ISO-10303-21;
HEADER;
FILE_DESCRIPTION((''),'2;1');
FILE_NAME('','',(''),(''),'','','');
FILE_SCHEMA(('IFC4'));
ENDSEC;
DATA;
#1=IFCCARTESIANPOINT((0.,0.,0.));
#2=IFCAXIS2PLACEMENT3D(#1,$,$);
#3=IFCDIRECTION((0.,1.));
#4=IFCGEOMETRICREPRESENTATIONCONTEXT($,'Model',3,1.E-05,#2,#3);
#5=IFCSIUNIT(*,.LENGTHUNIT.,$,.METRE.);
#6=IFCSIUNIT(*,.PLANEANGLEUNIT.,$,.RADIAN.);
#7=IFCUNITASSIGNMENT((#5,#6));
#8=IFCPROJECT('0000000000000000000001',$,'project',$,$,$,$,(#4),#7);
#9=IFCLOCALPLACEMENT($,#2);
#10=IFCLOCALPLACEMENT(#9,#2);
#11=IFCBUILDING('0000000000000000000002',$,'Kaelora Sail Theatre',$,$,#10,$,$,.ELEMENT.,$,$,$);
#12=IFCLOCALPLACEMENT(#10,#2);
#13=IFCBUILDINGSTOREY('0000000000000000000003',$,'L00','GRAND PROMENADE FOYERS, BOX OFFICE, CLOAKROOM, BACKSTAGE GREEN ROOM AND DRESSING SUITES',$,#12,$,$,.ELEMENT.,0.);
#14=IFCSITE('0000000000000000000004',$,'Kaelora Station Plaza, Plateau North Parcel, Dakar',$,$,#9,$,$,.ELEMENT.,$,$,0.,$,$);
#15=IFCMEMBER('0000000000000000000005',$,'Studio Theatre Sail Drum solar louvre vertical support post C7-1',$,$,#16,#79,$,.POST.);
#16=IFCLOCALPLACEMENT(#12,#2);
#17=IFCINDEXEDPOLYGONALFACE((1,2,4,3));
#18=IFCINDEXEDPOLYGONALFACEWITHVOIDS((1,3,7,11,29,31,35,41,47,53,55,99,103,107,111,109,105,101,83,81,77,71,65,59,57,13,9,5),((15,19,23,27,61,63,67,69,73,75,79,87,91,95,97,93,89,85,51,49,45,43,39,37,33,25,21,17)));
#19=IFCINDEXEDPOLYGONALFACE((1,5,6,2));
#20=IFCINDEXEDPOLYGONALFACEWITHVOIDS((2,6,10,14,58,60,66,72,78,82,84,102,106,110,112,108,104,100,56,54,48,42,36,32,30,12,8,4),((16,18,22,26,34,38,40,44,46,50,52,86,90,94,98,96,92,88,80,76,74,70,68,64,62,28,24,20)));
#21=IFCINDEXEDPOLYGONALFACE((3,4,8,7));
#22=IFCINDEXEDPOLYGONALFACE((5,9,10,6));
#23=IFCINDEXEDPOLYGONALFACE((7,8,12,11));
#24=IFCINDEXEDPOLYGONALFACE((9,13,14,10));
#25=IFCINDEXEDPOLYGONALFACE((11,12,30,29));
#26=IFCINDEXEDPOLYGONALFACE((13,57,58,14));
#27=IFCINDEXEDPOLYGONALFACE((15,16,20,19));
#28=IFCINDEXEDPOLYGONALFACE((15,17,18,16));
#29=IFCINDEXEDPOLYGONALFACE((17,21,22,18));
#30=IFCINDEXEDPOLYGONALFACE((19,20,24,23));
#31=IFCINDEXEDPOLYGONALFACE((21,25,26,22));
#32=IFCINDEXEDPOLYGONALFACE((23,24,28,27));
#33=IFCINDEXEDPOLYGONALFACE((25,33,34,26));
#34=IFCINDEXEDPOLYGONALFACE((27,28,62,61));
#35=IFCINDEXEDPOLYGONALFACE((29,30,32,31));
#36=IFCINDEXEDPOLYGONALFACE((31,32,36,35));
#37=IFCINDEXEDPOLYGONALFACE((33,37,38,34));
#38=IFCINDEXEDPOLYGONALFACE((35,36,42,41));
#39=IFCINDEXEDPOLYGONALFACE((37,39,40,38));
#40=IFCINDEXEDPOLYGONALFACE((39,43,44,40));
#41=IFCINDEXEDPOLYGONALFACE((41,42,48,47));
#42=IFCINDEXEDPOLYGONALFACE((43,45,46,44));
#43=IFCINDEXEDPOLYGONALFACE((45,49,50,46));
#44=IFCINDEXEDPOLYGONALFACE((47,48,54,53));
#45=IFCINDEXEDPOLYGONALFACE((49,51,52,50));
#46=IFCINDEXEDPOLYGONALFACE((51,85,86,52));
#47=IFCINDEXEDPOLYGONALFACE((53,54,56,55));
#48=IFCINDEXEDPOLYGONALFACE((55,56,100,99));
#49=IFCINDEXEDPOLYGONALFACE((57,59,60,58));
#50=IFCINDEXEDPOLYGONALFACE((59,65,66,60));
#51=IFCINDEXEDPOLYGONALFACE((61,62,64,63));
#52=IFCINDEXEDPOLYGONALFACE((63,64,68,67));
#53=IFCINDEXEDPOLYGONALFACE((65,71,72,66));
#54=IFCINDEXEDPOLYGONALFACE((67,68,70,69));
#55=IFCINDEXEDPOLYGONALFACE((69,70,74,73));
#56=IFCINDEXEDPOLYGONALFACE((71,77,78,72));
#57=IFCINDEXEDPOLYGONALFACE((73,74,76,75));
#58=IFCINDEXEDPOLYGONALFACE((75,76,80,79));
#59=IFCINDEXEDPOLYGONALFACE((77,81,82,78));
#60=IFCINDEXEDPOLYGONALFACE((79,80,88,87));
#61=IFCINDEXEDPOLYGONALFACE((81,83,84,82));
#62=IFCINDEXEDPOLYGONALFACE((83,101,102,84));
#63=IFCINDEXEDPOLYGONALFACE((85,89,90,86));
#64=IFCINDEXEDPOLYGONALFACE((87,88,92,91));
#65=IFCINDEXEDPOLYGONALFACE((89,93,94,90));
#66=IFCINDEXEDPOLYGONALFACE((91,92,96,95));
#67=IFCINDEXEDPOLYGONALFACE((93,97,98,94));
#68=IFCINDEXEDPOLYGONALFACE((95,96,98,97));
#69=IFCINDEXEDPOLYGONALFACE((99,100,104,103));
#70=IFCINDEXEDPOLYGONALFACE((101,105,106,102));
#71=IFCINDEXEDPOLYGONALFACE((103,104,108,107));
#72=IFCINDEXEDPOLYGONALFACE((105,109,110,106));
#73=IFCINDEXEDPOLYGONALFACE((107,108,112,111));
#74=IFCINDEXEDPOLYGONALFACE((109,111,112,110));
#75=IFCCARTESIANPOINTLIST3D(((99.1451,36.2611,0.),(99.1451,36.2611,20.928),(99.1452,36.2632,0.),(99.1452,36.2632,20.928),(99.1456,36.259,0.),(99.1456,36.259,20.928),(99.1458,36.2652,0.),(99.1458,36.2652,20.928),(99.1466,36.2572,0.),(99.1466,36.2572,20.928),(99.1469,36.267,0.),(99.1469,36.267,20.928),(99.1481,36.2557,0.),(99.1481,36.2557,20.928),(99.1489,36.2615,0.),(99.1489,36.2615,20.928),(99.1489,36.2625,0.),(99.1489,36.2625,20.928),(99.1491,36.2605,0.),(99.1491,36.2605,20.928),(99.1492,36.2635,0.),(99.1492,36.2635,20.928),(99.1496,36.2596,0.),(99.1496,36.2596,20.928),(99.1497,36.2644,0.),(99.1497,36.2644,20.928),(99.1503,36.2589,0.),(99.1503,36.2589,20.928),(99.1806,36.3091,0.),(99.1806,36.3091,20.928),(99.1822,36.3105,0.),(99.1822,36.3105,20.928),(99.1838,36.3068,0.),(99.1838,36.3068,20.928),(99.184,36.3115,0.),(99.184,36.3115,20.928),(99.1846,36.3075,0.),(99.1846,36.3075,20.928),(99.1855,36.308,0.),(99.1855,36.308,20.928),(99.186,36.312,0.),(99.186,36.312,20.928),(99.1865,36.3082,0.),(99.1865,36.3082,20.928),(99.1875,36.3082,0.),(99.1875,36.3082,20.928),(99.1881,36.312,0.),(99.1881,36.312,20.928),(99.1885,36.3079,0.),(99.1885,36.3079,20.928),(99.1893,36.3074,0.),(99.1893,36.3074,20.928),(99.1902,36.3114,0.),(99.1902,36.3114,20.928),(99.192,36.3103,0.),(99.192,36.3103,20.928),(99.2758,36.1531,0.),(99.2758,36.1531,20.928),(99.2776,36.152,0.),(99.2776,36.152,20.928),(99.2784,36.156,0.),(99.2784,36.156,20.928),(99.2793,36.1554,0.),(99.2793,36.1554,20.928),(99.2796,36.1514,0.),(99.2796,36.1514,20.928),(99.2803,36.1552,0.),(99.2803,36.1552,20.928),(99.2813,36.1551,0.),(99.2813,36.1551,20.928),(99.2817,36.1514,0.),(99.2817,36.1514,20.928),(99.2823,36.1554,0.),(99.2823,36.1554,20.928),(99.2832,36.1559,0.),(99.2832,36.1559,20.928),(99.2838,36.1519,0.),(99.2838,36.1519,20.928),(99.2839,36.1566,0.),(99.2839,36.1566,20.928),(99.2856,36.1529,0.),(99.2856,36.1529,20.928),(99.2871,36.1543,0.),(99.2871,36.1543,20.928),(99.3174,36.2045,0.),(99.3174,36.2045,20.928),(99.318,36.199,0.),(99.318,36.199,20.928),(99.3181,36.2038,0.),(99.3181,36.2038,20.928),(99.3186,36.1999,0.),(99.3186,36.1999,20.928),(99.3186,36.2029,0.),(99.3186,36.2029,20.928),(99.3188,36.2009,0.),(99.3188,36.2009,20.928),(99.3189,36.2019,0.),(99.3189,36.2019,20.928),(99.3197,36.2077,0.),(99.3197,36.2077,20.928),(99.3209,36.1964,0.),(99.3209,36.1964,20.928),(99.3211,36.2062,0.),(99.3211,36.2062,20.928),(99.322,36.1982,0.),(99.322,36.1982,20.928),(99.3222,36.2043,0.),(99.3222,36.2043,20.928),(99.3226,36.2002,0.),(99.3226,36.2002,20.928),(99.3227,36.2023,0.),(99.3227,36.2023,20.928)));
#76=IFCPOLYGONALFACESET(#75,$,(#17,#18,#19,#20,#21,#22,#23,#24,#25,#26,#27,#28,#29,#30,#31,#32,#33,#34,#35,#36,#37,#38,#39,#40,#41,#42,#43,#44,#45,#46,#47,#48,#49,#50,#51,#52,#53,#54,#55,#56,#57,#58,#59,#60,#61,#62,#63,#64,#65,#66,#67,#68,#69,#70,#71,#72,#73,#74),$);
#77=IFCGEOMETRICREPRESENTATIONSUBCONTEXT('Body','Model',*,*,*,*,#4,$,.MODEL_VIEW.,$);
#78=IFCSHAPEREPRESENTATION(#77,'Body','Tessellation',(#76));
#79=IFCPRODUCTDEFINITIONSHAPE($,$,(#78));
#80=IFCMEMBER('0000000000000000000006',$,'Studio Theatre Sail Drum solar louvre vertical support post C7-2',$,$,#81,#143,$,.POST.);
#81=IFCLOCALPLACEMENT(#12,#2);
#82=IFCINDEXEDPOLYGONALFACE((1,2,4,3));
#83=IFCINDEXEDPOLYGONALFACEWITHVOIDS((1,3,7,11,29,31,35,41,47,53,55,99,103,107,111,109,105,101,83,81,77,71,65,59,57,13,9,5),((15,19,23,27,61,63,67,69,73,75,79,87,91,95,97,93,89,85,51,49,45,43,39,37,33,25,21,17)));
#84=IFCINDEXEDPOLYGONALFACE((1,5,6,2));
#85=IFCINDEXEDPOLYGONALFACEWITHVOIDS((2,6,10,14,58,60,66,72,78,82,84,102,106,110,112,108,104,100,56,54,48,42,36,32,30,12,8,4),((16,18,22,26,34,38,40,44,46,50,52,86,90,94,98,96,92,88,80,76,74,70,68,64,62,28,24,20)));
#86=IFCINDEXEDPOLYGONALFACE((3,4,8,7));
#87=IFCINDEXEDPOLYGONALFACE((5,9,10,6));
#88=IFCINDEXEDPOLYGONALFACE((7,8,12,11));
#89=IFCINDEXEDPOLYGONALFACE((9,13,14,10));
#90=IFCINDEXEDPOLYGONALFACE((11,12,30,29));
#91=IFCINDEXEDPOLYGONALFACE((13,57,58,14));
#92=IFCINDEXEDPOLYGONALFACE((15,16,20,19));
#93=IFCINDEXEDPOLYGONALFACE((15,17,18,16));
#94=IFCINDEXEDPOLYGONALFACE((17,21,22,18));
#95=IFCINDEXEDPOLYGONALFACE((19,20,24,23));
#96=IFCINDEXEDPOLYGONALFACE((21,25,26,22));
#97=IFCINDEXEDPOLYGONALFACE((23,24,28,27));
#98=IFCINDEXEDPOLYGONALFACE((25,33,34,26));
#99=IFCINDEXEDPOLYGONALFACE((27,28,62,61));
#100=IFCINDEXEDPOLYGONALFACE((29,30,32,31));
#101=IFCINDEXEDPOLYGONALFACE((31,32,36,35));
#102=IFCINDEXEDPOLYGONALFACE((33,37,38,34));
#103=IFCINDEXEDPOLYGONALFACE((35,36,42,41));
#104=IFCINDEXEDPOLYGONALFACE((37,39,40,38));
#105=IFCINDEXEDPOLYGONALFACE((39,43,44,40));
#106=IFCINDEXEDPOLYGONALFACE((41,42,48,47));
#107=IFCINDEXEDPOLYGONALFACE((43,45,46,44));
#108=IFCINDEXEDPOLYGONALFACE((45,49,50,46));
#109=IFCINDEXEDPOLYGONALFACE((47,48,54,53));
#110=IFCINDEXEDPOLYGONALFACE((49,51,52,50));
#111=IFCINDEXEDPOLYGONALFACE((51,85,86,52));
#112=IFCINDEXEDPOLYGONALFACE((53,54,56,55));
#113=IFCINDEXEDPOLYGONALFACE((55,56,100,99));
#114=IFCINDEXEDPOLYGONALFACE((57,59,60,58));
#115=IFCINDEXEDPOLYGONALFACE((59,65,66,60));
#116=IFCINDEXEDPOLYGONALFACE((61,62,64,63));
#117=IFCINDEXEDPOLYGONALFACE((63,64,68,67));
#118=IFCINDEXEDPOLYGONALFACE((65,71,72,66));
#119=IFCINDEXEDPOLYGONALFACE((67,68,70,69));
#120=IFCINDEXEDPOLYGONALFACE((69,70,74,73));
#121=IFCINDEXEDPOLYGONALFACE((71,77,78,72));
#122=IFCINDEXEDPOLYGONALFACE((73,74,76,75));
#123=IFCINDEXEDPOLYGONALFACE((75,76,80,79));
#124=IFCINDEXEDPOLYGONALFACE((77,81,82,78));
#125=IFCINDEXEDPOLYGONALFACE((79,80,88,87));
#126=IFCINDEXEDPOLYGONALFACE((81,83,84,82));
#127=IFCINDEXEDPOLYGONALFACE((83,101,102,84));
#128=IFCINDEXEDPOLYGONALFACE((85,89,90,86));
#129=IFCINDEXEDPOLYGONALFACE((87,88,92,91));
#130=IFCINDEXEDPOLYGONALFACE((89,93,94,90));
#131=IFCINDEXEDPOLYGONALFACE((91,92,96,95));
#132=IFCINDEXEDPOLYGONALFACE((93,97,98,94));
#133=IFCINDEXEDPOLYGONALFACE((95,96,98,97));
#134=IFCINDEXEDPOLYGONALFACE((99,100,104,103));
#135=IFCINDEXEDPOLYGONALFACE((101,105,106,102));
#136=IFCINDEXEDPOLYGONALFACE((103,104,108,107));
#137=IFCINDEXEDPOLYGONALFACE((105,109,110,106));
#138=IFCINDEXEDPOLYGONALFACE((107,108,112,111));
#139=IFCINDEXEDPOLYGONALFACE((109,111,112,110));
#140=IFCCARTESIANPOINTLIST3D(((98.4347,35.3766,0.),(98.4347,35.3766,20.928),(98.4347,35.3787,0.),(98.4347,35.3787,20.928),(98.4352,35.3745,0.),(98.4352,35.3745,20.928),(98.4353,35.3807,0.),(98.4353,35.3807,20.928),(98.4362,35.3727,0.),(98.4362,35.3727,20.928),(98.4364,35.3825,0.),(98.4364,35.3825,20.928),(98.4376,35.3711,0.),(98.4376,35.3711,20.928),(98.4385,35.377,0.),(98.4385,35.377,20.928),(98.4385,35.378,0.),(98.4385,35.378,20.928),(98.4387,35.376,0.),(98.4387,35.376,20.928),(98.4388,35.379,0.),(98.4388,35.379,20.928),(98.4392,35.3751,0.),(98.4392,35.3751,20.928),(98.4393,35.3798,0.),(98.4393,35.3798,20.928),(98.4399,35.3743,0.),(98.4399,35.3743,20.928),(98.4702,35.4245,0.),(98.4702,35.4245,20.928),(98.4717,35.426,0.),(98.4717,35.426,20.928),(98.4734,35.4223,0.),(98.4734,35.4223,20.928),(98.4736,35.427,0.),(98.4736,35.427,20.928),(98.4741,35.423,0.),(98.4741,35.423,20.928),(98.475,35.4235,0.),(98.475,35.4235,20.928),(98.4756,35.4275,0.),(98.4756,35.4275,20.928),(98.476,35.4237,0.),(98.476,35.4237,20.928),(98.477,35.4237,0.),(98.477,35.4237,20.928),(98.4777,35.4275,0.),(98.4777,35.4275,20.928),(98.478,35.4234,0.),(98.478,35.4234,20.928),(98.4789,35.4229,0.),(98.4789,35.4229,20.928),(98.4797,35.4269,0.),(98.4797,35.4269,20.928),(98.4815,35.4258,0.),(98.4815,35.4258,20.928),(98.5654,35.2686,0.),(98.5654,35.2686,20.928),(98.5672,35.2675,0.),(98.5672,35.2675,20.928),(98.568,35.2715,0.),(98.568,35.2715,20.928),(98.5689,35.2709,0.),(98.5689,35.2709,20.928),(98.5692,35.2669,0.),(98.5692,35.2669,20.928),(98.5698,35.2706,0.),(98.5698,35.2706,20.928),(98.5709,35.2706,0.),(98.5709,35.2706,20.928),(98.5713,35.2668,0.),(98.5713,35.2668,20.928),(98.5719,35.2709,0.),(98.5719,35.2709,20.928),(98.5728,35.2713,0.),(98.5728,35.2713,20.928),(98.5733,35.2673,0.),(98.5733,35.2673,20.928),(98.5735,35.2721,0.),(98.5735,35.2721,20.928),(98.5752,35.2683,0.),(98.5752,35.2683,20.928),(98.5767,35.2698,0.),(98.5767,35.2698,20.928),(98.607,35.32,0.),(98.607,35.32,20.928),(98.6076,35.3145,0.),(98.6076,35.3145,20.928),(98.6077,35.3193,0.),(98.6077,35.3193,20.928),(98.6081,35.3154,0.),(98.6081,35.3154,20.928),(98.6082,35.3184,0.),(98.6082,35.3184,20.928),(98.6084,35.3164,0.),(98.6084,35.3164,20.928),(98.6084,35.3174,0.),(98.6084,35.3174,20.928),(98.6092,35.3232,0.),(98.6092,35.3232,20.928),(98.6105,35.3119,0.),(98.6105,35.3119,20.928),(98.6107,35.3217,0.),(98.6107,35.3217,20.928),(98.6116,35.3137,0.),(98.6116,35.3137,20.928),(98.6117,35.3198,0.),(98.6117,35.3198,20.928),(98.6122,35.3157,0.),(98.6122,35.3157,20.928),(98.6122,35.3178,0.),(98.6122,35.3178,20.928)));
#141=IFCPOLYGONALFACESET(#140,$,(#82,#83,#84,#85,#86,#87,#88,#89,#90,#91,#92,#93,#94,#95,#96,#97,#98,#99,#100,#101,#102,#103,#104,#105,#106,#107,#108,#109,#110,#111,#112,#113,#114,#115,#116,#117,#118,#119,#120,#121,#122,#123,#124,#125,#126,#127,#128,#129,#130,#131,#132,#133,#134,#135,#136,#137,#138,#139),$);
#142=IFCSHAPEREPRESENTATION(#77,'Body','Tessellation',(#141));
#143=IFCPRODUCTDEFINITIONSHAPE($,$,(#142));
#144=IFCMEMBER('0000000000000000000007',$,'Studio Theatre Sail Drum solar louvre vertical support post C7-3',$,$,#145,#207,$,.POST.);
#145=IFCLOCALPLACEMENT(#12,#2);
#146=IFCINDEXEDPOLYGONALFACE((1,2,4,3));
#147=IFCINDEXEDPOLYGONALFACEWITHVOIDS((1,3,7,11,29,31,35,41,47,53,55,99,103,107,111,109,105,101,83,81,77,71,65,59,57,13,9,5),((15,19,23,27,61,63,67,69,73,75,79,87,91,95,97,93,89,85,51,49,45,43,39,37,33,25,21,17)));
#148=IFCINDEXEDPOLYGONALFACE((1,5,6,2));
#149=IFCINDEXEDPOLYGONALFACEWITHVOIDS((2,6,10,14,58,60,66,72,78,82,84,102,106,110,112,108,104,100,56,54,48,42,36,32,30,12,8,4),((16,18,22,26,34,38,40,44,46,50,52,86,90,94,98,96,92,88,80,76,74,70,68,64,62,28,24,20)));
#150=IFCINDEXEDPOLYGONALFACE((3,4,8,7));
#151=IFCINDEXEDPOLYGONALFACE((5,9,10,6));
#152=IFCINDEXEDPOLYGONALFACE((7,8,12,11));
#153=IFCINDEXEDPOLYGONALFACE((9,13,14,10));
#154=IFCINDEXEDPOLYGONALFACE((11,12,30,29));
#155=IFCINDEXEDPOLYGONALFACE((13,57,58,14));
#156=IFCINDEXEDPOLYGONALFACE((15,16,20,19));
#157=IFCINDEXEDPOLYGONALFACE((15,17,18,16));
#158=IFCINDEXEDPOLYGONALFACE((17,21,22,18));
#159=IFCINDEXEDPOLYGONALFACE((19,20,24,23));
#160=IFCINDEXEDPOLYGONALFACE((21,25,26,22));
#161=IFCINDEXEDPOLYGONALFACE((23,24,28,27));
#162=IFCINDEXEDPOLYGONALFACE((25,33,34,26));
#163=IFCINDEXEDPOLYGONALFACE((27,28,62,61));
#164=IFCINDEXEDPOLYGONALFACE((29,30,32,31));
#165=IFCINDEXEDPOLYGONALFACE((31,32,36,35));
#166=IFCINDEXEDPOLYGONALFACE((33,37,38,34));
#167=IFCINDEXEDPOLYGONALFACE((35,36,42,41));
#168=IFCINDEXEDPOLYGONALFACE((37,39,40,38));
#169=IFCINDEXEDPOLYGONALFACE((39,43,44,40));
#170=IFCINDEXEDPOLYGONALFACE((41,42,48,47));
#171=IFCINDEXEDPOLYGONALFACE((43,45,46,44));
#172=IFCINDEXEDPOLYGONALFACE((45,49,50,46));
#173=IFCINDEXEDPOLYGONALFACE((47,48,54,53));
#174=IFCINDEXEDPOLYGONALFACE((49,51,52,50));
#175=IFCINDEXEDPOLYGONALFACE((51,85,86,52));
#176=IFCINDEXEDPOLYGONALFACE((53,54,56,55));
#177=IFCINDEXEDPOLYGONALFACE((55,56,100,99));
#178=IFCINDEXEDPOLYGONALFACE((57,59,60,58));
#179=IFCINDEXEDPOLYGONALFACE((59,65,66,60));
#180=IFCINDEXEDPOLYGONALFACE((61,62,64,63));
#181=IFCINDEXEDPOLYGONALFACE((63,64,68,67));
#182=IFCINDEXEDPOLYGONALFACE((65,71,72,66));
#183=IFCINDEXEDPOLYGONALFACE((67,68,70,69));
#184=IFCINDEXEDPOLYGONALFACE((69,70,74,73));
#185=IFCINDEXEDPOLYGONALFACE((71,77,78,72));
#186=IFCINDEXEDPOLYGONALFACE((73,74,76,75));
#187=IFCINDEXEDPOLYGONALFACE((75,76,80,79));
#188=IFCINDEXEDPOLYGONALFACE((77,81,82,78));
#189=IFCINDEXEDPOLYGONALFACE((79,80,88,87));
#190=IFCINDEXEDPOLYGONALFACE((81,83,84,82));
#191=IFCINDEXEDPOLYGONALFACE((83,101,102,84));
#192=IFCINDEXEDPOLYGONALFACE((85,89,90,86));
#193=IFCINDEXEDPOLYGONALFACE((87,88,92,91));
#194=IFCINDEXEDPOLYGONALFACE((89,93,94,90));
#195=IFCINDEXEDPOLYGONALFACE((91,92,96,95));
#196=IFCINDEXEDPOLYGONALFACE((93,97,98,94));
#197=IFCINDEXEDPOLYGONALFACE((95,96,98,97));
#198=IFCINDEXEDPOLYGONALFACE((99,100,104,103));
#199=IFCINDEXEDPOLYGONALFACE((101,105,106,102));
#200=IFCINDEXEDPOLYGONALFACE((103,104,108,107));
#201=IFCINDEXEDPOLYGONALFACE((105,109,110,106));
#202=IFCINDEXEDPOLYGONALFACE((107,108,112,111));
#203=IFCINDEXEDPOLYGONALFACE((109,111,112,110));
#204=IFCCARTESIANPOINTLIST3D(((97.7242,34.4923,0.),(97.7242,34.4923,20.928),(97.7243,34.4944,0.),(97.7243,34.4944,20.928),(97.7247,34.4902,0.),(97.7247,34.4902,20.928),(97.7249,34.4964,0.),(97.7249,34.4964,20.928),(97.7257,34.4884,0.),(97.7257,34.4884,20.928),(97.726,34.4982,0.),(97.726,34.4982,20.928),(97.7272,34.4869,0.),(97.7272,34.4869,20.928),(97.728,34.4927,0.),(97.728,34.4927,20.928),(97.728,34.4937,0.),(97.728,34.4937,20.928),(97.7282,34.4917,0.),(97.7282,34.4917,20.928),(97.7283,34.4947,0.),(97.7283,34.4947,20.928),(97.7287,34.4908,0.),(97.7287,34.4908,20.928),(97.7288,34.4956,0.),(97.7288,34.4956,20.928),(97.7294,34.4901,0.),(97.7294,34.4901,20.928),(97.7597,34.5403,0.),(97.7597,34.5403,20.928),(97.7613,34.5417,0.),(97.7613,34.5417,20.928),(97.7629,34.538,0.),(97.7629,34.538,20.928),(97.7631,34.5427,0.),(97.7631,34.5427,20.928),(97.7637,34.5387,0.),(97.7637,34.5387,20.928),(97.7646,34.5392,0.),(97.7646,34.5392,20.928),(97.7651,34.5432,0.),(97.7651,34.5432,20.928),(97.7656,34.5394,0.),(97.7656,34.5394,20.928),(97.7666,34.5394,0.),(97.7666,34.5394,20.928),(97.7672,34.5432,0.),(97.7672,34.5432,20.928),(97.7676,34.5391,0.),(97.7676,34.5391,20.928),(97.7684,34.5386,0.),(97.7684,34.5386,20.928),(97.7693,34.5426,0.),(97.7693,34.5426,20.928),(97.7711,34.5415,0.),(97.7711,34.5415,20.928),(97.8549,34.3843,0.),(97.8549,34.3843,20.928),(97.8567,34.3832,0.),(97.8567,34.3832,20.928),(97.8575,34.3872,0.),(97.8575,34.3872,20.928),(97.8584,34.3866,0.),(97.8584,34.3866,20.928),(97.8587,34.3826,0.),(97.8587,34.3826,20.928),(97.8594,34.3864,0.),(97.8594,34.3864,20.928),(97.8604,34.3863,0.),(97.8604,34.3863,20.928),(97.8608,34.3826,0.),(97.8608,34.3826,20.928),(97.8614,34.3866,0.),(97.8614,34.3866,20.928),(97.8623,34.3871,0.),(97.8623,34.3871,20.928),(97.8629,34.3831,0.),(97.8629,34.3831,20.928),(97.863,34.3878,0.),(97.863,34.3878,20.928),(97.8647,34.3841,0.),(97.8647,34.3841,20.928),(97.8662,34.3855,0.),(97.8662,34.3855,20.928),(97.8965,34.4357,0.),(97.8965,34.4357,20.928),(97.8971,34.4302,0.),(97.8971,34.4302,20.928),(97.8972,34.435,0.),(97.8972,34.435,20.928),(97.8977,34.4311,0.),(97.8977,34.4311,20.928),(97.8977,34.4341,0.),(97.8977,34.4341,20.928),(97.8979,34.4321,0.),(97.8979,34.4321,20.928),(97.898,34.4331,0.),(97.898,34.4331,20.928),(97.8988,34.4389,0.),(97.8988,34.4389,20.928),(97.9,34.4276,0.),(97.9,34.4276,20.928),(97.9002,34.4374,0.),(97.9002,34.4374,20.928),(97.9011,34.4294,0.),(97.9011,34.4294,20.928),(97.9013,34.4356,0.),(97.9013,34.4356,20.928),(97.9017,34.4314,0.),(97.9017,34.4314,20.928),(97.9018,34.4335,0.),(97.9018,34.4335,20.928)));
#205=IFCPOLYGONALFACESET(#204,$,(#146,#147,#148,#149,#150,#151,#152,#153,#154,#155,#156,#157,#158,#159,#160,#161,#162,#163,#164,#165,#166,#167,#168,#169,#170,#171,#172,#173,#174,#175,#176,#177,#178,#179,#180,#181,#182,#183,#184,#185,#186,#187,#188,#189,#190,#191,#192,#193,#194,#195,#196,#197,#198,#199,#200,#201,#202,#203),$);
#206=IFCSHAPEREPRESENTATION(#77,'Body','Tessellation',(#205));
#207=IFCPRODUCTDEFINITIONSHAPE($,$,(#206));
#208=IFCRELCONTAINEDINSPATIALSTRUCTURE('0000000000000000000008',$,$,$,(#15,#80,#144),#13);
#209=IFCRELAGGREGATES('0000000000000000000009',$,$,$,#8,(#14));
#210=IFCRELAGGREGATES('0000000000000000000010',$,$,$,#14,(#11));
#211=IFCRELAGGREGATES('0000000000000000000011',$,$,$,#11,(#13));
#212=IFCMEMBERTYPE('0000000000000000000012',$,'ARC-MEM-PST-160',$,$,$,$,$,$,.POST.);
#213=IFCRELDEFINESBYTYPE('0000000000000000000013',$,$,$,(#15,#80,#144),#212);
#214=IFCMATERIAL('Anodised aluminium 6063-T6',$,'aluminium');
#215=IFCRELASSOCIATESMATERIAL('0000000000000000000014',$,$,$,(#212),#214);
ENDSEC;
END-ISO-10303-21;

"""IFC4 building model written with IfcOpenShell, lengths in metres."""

from ifc_helpers import new_model, si_unit, direction, frame, origin, origin_2d, place, context, subcontext, project, spatial, hollow_rectangle, extrude, material, material_profile, profile_set, type_object, element, save


model = new_model("IFC4")

# Units and contexts
model_context = context("Model", 3, precision=1e-05, world=origin(), true_north=direction((0.0, 1.0)))
body_context = subcontext(model_context, "Body", "Model", "MODEL_VIEW")
ifc_project = project(units=[si_unit("LENGTHUNIT", "METRE"), si_unit("PLANEANGLEUNIT", "RADIAN")], contexts=[model_context])

# Site, building, storey
site_placement = place(None, origin())
site = spatial("IfcSite", under=ifc_project, at=site_placement, Name="Kaelora Station Plaza, Plateau North Parcel, Dakar", CompositionType="ELEMENT", RefElevation=0.0)
building_placement = place(site_placement, origin())
building = spatial("IfcBuilding", under=site, at=building_placement, Name="Kaelora Sail Theatre", CompositionType="ELEMENT")
storey_placement = place(building_placement, origin())
storey = spatial("IfcBuildingStorey", under=building, at=storey_placement, Name="L00", Description="GRAND PROMENADE FOYERS, BOX OFFICE, CLOAKROOM, BACKSTAGE GREEN ROOM AND DRESSING SUITES", CompositionType="ELEMENT", Elevation=0.0)

# Members
ifc_material_1 = material(Name="Anodised aluminium 6063-T6", Category="aluminium")
ifc_material_profile_1 = material_profile(ifc_material_1, hollow_rectangle(XDim=0.0701, YDim=0.1799, WallThickness=0.0039, InnerFilletRadius=0.0039, OuterFilletRadius=0.0081, at=origin_2d()), Name="ALU-MULL 70x180x4")
ifc_profile_set_1 = profile_set([ifc_material_profile_1], Name="Anodised aluminium 6063-T6")
member_type_1 = type_object("IfcMemberType", Name="ARC-MEM-PST-160", PredefinedType="POST", material=ifc_profile_set_1)
for number, where, z_axis, x_axis, name in (
    (1, (99.2339, 36.2317, 0.0), (0.0, 0.0, 1.0), (-0.626196, -0.779666, 0.0), "Studio Theatre Sail Drum solar louvre vertical support post C7-1"),
    (2, (98.5234, 35.3472, 0.0), (0.0, 0.0, 1.0), (-0.626196, -0.779666, 0.0), "Studio Theatre Sail Drum solar louvre vertical support post C7-2"),
    (3, (97.813, 34.4629, 0.0), (0.0, 0.0, 1.0), (-0.626196, -0.779666, 0.0), "Studio Theatre Sail Drum solar louvre vertical support post C7-3"),
):
    element("IfcMember", number, at=place(storey_placement, frame(where, z_axis=z_axis, x_axis=x_axis)), inside=storey, type_object=member_type_1, Name=name, PredefinedType="POST", context=body_context, shape_type="SweptSolid", body=[
        extrude(hollow_rectangle(XDim=0.0701, YDim=0.1799, WallThickness=0.0039, InnerFilletRadius=0.0039, OuterFilletRadius=0.0081, at=origin_2d()), origin(), (0.0, 0.0, 1.0), 20.928),
    ])

save(model, "model.ifc")
